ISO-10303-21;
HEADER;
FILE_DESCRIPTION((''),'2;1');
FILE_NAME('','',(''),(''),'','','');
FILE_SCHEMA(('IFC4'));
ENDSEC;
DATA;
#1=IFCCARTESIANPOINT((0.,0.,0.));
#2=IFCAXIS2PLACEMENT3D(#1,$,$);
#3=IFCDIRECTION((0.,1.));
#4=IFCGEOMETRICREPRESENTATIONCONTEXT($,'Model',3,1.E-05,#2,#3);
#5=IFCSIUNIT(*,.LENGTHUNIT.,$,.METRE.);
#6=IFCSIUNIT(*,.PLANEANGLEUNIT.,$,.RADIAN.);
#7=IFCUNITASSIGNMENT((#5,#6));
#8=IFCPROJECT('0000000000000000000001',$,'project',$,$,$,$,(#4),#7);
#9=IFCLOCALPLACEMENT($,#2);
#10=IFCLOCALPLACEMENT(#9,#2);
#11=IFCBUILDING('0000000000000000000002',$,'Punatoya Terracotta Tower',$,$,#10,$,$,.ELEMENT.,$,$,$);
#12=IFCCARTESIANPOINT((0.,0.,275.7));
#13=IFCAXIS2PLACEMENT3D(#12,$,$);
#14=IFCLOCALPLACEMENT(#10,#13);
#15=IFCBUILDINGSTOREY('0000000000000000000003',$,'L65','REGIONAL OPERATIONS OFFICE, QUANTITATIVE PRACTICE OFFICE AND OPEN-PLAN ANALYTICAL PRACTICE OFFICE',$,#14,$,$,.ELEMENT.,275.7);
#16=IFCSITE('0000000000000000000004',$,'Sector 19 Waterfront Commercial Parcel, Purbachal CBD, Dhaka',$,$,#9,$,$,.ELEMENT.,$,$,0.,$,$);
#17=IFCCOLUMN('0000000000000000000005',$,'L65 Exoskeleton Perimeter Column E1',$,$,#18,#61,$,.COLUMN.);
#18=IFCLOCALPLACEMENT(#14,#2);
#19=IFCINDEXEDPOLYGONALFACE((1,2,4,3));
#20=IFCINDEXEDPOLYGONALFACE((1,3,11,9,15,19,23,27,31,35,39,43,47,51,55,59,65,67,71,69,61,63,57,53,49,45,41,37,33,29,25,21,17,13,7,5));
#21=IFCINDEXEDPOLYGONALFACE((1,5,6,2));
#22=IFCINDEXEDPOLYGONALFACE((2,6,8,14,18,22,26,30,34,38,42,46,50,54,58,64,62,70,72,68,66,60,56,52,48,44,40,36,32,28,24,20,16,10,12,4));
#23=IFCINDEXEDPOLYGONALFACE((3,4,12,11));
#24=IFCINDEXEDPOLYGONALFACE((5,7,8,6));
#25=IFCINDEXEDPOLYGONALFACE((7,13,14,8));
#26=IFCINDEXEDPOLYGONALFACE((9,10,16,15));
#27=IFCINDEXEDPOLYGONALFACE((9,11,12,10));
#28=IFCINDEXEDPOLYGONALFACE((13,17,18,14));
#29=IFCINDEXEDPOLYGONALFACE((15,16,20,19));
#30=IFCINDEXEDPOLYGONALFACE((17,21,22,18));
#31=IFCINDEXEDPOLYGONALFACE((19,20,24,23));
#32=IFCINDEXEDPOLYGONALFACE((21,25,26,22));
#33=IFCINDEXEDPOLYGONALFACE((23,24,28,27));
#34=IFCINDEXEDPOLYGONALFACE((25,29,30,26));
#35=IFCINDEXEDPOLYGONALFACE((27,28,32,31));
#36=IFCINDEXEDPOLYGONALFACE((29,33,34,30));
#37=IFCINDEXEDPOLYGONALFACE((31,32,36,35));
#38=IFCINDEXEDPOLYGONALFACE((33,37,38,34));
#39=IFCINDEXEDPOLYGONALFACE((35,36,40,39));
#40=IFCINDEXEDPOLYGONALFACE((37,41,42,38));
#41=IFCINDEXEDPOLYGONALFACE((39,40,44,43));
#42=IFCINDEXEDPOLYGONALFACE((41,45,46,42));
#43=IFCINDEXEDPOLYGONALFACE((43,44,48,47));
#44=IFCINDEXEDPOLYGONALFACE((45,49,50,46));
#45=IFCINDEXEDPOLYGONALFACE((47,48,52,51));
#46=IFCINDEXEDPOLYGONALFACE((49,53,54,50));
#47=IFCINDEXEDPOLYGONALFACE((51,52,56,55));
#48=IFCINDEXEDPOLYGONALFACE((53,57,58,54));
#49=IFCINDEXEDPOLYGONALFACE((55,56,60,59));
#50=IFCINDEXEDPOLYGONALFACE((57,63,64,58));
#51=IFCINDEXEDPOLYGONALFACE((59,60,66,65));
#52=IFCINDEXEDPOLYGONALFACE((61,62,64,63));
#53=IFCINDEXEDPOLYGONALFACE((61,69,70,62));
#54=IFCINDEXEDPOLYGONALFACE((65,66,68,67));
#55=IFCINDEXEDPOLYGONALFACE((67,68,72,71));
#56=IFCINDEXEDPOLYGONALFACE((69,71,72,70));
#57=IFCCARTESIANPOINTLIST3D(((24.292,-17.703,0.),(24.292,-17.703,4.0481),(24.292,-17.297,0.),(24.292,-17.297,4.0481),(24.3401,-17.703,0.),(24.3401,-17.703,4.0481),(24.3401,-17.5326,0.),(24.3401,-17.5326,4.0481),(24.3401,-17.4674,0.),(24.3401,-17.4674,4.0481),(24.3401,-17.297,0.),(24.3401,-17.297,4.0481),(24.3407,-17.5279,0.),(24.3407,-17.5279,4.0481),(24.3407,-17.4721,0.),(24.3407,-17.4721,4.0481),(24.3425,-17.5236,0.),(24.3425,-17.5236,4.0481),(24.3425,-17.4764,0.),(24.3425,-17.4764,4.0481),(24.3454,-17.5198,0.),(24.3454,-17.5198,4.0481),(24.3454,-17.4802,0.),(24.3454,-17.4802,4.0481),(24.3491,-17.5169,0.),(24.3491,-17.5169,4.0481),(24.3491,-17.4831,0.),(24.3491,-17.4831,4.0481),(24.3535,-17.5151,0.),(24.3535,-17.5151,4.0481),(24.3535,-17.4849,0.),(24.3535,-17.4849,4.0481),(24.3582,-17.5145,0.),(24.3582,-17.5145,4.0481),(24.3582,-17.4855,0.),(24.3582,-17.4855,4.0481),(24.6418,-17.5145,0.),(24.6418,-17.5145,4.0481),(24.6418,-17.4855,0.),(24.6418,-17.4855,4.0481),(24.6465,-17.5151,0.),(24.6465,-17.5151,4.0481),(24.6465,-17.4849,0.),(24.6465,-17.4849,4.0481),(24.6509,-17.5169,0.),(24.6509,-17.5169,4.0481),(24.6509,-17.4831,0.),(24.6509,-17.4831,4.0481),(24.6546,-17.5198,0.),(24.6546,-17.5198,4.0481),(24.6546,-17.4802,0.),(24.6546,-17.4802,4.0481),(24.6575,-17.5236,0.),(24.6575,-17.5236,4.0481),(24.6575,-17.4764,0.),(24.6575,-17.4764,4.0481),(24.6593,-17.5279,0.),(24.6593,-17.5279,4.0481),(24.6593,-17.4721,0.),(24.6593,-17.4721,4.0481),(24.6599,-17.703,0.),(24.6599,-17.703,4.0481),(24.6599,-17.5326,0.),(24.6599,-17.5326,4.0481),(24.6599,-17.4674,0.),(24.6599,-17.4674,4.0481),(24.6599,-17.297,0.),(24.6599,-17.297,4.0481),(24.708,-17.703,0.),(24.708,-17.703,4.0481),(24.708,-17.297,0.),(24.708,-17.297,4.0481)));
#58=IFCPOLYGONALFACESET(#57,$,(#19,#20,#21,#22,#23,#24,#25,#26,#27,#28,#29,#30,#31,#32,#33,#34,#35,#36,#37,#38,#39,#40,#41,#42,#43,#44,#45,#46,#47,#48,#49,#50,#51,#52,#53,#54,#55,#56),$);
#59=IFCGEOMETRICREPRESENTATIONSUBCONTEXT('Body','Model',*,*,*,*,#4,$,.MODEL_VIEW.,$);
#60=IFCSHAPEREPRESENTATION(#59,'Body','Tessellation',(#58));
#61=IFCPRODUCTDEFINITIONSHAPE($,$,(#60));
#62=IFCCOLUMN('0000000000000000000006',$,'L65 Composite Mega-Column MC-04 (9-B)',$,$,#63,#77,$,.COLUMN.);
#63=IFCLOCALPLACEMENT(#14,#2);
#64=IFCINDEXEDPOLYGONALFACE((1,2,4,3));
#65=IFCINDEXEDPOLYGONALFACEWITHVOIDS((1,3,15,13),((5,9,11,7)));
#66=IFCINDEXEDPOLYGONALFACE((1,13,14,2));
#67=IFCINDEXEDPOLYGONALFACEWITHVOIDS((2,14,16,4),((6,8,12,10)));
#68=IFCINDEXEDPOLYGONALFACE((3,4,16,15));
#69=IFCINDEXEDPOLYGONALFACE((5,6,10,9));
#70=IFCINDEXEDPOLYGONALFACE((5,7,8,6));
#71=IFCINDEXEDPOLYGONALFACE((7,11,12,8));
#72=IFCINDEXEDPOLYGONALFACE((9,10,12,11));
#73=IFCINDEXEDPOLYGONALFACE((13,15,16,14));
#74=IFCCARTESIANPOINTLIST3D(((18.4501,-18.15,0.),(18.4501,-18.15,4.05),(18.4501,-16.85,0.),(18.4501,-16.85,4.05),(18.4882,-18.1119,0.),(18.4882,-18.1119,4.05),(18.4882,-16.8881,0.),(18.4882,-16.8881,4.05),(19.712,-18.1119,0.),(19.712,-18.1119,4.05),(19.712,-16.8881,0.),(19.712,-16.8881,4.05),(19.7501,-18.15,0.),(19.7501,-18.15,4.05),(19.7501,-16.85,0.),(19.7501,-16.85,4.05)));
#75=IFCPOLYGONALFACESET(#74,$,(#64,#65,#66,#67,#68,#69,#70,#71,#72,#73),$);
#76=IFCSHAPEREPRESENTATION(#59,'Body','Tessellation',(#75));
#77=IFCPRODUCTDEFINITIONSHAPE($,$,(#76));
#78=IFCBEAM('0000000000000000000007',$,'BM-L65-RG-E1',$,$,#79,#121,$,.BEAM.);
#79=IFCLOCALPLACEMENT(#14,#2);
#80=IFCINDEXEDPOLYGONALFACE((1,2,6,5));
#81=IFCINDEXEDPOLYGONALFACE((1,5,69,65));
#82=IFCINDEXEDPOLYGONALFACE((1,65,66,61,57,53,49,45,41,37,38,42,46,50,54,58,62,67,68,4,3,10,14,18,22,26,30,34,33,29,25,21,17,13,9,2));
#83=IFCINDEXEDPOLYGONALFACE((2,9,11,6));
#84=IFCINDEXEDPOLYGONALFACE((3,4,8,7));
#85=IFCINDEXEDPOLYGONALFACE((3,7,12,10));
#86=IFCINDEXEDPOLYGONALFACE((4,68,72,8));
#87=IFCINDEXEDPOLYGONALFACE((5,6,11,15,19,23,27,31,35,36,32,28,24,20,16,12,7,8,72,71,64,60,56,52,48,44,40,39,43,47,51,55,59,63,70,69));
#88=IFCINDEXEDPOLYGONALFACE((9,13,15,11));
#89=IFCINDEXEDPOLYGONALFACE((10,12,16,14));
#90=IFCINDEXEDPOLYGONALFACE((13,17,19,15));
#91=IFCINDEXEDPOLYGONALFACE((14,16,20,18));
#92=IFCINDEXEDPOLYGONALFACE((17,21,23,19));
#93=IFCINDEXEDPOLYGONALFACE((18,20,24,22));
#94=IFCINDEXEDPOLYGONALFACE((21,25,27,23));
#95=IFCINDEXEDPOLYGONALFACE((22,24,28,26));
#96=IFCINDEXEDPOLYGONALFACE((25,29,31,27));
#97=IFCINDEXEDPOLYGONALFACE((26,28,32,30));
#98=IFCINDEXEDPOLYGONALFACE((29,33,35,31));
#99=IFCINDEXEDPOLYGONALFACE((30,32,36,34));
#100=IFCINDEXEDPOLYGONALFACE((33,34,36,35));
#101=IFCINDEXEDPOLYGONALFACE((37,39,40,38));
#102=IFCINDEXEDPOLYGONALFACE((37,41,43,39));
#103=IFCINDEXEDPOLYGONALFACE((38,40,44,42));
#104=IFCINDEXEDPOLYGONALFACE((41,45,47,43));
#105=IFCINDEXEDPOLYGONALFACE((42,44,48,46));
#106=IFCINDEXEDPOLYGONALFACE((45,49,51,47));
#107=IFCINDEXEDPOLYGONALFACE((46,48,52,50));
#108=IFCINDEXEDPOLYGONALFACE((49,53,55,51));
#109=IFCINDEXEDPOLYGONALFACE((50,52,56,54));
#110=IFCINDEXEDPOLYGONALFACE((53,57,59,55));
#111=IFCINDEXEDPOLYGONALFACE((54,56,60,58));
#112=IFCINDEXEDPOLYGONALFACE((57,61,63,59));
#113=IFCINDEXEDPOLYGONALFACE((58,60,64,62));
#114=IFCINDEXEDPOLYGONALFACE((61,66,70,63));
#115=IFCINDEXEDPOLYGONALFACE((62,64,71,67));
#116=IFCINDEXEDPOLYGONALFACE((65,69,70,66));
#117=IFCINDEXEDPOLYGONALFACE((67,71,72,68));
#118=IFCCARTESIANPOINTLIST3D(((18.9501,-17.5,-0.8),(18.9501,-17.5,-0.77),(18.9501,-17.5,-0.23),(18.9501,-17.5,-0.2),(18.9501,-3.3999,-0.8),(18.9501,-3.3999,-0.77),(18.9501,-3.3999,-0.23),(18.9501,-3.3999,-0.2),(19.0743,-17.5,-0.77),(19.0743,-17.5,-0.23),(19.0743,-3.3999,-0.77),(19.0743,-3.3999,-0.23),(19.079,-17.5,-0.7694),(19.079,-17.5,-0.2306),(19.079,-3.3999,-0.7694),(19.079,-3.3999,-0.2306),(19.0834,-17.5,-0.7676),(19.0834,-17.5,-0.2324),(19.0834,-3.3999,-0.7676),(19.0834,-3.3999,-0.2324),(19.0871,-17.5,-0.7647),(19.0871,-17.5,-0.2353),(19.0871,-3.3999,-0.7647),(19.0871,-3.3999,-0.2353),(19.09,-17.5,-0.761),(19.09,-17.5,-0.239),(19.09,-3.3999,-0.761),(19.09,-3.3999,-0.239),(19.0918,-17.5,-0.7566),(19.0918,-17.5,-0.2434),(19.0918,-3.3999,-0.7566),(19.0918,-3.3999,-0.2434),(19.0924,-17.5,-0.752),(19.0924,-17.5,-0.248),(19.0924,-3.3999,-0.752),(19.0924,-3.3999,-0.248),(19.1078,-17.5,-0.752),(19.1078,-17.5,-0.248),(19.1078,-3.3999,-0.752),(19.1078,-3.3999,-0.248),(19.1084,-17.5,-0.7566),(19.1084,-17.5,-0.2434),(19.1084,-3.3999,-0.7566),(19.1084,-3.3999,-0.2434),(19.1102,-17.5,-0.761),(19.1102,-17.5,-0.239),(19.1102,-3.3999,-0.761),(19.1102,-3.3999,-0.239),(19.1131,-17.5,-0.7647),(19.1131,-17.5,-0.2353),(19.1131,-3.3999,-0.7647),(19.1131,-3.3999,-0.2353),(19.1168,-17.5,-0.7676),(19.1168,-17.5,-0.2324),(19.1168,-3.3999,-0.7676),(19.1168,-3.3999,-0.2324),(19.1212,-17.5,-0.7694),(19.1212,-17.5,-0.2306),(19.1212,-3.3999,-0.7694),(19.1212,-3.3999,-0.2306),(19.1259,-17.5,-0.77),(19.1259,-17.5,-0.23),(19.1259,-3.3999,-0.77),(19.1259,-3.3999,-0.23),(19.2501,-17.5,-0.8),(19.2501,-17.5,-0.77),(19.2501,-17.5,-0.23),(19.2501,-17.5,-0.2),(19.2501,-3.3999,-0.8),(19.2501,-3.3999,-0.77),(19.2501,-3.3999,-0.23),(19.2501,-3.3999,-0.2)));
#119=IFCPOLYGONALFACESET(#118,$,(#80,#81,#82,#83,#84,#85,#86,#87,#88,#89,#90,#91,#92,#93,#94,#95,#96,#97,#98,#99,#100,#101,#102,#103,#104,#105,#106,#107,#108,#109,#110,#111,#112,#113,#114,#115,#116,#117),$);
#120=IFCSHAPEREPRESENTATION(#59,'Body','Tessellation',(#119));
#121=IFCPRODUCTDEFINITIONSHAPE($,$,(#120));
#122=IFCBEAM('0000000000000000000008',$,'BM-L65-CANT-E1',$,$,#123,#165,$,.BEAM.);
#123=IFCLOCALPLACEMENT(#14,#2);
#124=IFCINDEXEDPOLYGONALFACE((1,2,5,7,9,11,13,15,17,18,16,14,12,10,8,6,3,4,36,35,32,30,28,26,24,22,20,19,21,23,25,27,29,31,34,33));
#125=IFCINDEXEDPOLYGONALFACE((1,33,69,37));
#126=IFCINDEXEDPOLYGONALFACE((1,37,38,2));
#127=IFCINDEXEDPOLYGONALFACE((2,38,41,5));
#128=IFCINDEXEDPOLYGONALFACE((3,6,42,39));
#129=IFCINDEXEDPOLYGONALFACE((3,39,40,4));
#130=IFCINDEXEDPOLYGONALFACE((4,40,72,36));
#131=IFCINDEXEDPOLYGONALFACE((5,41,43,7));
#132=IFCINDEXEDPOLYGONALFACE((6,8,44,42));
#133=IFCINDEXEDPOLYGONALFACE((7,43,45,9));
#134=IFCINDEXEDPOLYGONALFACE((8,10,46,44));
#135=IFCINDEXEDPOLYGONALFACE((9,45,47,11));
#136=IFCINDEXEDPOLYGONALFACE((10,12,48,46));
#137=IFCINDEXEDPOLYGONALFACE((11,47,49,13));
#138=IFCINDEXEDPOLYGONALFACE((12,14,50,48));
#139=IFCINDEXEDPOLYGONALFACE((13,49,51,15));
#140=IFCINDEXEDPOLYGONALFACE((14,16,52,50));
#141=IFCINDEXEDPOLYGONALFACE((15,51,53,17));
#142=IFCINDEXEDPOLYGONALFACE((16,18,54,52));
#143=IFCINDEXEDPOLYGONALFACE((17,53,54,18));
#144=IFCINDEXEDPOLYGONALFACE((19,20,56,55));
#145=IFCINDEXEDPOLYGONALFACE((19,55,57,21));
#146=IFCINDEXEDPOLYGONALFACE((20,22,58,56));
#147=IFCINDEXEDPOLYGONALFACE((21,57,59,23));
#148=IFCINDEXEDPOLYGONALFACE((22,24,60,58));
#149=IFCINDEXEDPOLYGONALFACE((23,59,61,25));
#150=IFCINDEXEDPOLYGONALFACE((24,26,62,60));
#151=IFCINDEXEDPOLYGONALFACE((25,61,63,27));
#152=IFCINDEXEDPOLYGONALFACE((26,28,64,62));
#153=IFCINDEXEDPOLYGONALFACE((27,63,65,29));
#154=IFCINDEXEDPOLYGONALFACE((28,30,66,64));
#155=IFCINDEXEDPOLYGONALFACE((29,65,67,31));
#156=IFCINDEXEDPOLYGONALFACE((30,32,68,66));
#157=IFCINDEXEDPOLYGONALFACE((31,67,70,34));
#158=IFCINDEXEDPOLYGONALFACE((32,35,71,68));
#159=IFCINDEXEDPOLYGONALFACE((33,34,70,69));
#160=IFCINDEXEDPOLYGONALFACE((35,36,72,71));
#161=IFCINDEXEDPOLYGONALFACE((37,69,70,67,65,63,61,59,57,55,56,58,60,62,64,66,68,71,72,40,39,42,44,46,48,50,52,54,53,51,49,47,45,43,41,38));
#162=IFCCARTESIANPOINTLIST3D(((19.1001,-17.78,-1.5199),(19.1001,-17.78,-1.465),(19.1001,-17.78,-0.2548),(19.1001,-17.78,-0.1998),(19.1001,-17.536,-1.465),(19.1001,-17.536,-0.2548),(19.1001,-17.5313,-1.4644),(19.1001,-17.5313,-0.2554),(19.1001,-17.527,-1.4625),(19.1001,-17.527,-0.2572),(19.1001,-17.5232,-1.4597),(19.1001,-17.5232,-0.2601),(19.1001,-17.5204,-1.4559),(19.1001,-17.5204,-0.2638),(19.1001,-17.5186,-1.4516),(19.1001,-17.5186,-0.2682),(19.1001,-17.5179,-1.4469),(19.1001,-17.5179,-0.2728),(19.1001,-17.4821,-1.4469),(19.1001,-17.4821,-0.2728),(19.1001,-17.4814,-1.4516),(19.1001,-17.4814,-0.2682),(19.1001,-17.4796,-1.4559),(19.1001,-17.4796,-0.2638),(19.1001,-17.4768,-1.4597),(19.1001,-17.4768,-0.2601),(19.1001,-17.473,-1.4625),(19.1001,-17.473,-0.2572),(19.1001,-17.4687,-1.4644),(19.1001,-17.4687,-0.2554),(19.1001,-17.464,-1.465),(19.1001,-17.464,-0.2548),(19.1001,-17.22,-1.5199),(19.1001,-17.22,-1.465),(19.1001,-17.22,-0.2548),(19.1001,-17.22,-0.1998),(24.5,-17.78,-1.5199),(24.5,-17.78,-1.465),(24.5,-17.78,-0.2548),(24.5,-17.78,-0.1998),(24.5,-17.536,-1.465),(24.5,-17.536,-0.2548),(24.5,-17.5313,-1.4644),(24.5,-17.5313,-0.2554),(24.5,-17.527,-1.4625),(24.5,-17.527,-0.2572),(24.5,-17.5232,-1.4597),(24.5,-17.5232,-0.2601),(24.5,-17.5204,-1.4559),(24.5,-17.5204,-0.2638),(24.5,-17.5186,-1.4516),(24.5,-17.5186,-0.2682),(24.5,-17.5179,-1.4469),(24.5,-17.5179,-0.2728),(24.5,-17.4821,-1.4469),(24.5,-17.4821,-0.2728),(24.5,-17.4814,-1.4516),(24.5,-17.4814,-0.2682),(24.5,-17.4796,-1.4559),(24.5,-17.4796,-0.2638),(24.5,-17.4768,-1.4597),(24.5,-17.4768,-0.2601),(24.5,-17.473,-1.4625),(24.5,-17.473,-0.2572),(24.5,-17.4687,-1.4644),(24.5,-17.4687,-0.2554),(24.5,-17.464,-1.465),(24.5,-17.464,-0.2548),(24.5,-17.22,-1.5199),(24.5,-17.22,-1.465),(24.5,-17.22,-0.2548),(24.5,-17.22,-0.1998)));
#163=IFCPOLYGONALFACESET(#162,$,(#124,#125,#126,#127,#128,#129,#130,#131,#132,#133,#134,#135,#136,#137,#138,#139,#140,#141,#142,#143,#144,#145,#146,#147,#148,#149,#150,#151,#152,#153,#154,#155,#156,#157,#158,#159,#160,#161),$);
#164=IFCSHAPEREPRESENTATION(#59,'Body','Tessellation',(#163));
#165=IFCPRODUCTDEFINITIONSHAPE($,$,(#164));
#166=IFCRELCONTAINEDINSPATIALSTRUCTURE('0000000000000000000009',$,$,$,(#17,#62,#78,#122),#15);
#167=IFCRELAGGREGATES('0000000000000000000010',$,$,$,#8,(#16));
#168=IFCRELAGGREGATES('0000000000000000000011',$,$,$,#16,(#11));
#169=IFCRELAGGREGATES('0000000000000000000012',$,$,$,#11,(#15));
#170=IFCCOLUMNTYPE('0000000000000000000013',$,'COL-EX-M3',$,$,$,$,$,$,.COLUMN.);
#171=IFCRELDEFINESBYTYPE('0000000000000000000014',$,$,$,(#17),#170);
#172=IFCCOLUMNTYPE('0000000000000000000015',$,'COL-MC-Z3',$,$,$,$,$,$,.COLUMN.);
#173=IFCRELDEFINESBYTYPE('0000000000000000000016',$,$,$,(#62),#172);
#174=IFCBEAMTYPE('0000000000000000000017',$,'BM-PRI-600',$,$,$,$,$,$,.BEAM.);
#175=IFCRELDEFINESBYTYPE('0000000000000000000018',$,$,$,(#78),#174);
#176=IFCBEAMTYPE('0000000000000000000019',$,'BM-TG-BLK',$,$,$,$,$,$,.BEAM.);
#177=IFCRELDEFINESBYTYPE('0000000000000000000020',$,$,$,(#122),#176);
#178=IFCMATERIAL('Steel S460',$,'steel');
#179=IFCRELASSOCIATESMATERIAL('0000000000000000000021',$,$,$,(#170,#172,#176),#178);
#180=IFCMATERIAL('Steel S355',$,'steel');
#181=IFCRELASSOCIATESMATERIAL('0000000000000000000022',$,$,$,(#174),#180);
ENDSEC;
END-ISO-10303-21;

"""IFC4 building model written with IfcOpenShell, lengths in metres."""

from ifc_helpers import new_model, si_unit, direction, frame, origin, origin_2d, place, context, subcontext, project, spatial, hollow_rectangle, i_section, extrude, material, material_profile, profile_set, type_object, element, save


model = new_model("IFC4")

# Units and contexts
model_context = context("Model", 3, precision=1e-05, world=origin(), true_north=direction((0.0, 1.0)))
body_context = subcontext(model_context, "Body", "Model", "MODEL_VIEW")
ifc_project = project(units=[si_unit("LENGTHUNIT", "METRE"), si_unit("PLANEANGLEUNIT", "RADIAN")], contexts=[model_context])

# Site, building, storey
site_placement = place(None, origin())
site = spatial("IfcSite", under=ifc_project, at=site_placement, Name="Sector 19 Waterfront Commercial Parcel, Purbachal CBD, Dhaka", CompositionType="ELEMENT", RefElevation=0.0)
building_placement = place(site_placement, origin())
building = spatial("IfcBuilding", under=site, at=building_placement, Name="Punatoya Terracotta Tower", CompositionType="ELEMENT")
storey_placement = place(building_placement, frame((0.0, 0.0, 275.7)))
storey = spatial("IfcBuildingStorey", under=building, at=storey_placement, Name="L65", Description="REGIONAL OPERATIONS OFFICE, QUANTITATIVE PRACTICE OFFICE AND OPEN-PLAN ANALYTICAL PRACTICE OFFICE", CompositionType="ELEMENT", Elevation=275.7)

# Columns
ifc_material_1 = material(Name="Steel S460", Category="steel")
ifc_material_profile_1 = material_profile(ifc_material_1, i_section(OverallWidth=0.406, OverallDepth=0.416, WebThickness=0.0291, FlangeThickness=0.0481, FilletRadius=0.0181, at=origin_2d()))
ifc_profile_set_1 = profile_set([ifc_material_profile_1], Name="Steel S460")
column_type_1 = type_object("IfcColumnType", Name="COL-EX-M3", PredefinedType="COLUMN", material=ifc_profile_set_1)
column_1_placement = place(storey_placement, frame((24.5, -17.5, 0.0), z_axis=(0.0, 0.0, 1.0), x_axis=(0.0, 1.0, 0.0)))
element("IfcColumn", 1, at=column_1_placement, inside=storey, type_object=column_type_1, Name="L65 Exoskeleton Perimeter Column E1", PredefinedType="COLUMN", context=body_context, shape_type="SweptSolid", body=[
    extrude(i_section(OverallWidth=0.406, OverallDepth=0.416, WebThickness=0.0291, FlangeThickness=0.0481, FilletRadius=0.0181, at=origin_2d()), origin(), (0.0, 0.0, 1.0), 4.0481),
])
ifc_material_profile_2 = material_profile(ifc_material_1, hollow_rectangle(XDim=1.3, YDim=1.3, WallThickness=0.0381, at=origin_2d()))
ifc_profile_set_2 = profile_set([ifc_material_profile_2], Name="Steel S460")
column_type_2 = type_object("IfcColumnType", Name="COL-MC-Z3", PredefinedType="COLUMN", material=ifc_profile_set_2)
column_2_placement = place(storey_placement, frame((19.1001, -17.5, 0.0), z_axis=(0.0, 0.0, 1.0), x_axis=(1.0, 0.0, 0.0)))
element("IfcColumn", 2, at=column_2_placement, inside=storey, type_object=column_type_2, Name="L65 Composite Mega-Column MC-04 (9-B)", PredefinedType="COLUMN", context=body_context, shape_type="SweptSolid", body=[
    extrude(hollow_rectangle(XDim=1.3, YDim=1.3, WallThickness=0.0381, at=origin_2d()), origin(), (0.0, 0.0, 1.0), 4.05),
])

# Beams
ifc_material_2 = material(Name="Steel S355", Category="steel")
ifc_material_profile_3 = material_profile(ifc_material_2, i_section(OverallWidth=0.3, OverallDepth=0.6001, WebThickness=0.0154, FlangeThickness=0.03, FilletRadius=0.0181, at=origin_2d()))
ifc_profile_set_3 = profile_set([ifc_material_profile_3], Name="Steel S355")
beam_type_1 = type_object("IfcBeamType", Name="BM-PRI-600", PredefinedType="BEAM", material=ifc_profile_set_3)
beam_1_placement = place(storey_placement, frame((19.1001, -17.5, -0.5), z_axis=(0.0, 1.0, 0.0), x_axis=(-1.0, 0.0, 0.0)))
element("IfcBeam", 3, at=beam_1_placement, inside=storey, type_object=beam_type_1, Name="BM-L65-RG-E1", PredefinedType="BEAM", context=body_context, shape_type="SweptSolid", body=[
    extrude(i_section(OverallWidth=0.3, OverallDepth=0.6001, WebThickness=0.0154, FlangeThickness=0.03, FilletRadius=0.0181, at=origin_2d()), origin(), (0.0, 0.0, 1.0), 14.1001),
])
ifc_material_profile_4 = material_profile(ifc_material_1, i_section(OverallWidth=0.5601, OverallDepth=1.3201, WebThickness=0.0359, FlangeThickness=0.0549, FilletRadius=0.0181, at=origin_2d()))
ifc_profile_set_4 = profile_set([ifc_material_profile_4], Name="Steel S460")
beam_type_2 = type_object("IfcBeamType", Name="BM-TG-BLK", PredefinedType="BEAM", material=ifc_profile_set_4)
beam_2_placement = place(storey_placement, frame((19.1001, -17.5, -0.8599), z_axis=(1.0, 0.0, 0.0), x_axis=(0.0, 1.0, 0.0)))
element("IfcBeam", 4, at=beam_2_placement, inside=storey, type_object=beam_type_2, Name="BM-L65-CANT-E1", PredefinedType="BEAM", context=body_context, shape_type="SweptSolid", body=[
    extrude(i_section(OverallWidth=0.5601, OverallDepth=1.3201, WebThickness=0.0359, FlangeThickness=0.0549, FilletRadius=0.0181, at=origin_2d()), origin(), (0.0, 0.0, 1.0), 5.3999),
])

save(model, "model.ifc")
